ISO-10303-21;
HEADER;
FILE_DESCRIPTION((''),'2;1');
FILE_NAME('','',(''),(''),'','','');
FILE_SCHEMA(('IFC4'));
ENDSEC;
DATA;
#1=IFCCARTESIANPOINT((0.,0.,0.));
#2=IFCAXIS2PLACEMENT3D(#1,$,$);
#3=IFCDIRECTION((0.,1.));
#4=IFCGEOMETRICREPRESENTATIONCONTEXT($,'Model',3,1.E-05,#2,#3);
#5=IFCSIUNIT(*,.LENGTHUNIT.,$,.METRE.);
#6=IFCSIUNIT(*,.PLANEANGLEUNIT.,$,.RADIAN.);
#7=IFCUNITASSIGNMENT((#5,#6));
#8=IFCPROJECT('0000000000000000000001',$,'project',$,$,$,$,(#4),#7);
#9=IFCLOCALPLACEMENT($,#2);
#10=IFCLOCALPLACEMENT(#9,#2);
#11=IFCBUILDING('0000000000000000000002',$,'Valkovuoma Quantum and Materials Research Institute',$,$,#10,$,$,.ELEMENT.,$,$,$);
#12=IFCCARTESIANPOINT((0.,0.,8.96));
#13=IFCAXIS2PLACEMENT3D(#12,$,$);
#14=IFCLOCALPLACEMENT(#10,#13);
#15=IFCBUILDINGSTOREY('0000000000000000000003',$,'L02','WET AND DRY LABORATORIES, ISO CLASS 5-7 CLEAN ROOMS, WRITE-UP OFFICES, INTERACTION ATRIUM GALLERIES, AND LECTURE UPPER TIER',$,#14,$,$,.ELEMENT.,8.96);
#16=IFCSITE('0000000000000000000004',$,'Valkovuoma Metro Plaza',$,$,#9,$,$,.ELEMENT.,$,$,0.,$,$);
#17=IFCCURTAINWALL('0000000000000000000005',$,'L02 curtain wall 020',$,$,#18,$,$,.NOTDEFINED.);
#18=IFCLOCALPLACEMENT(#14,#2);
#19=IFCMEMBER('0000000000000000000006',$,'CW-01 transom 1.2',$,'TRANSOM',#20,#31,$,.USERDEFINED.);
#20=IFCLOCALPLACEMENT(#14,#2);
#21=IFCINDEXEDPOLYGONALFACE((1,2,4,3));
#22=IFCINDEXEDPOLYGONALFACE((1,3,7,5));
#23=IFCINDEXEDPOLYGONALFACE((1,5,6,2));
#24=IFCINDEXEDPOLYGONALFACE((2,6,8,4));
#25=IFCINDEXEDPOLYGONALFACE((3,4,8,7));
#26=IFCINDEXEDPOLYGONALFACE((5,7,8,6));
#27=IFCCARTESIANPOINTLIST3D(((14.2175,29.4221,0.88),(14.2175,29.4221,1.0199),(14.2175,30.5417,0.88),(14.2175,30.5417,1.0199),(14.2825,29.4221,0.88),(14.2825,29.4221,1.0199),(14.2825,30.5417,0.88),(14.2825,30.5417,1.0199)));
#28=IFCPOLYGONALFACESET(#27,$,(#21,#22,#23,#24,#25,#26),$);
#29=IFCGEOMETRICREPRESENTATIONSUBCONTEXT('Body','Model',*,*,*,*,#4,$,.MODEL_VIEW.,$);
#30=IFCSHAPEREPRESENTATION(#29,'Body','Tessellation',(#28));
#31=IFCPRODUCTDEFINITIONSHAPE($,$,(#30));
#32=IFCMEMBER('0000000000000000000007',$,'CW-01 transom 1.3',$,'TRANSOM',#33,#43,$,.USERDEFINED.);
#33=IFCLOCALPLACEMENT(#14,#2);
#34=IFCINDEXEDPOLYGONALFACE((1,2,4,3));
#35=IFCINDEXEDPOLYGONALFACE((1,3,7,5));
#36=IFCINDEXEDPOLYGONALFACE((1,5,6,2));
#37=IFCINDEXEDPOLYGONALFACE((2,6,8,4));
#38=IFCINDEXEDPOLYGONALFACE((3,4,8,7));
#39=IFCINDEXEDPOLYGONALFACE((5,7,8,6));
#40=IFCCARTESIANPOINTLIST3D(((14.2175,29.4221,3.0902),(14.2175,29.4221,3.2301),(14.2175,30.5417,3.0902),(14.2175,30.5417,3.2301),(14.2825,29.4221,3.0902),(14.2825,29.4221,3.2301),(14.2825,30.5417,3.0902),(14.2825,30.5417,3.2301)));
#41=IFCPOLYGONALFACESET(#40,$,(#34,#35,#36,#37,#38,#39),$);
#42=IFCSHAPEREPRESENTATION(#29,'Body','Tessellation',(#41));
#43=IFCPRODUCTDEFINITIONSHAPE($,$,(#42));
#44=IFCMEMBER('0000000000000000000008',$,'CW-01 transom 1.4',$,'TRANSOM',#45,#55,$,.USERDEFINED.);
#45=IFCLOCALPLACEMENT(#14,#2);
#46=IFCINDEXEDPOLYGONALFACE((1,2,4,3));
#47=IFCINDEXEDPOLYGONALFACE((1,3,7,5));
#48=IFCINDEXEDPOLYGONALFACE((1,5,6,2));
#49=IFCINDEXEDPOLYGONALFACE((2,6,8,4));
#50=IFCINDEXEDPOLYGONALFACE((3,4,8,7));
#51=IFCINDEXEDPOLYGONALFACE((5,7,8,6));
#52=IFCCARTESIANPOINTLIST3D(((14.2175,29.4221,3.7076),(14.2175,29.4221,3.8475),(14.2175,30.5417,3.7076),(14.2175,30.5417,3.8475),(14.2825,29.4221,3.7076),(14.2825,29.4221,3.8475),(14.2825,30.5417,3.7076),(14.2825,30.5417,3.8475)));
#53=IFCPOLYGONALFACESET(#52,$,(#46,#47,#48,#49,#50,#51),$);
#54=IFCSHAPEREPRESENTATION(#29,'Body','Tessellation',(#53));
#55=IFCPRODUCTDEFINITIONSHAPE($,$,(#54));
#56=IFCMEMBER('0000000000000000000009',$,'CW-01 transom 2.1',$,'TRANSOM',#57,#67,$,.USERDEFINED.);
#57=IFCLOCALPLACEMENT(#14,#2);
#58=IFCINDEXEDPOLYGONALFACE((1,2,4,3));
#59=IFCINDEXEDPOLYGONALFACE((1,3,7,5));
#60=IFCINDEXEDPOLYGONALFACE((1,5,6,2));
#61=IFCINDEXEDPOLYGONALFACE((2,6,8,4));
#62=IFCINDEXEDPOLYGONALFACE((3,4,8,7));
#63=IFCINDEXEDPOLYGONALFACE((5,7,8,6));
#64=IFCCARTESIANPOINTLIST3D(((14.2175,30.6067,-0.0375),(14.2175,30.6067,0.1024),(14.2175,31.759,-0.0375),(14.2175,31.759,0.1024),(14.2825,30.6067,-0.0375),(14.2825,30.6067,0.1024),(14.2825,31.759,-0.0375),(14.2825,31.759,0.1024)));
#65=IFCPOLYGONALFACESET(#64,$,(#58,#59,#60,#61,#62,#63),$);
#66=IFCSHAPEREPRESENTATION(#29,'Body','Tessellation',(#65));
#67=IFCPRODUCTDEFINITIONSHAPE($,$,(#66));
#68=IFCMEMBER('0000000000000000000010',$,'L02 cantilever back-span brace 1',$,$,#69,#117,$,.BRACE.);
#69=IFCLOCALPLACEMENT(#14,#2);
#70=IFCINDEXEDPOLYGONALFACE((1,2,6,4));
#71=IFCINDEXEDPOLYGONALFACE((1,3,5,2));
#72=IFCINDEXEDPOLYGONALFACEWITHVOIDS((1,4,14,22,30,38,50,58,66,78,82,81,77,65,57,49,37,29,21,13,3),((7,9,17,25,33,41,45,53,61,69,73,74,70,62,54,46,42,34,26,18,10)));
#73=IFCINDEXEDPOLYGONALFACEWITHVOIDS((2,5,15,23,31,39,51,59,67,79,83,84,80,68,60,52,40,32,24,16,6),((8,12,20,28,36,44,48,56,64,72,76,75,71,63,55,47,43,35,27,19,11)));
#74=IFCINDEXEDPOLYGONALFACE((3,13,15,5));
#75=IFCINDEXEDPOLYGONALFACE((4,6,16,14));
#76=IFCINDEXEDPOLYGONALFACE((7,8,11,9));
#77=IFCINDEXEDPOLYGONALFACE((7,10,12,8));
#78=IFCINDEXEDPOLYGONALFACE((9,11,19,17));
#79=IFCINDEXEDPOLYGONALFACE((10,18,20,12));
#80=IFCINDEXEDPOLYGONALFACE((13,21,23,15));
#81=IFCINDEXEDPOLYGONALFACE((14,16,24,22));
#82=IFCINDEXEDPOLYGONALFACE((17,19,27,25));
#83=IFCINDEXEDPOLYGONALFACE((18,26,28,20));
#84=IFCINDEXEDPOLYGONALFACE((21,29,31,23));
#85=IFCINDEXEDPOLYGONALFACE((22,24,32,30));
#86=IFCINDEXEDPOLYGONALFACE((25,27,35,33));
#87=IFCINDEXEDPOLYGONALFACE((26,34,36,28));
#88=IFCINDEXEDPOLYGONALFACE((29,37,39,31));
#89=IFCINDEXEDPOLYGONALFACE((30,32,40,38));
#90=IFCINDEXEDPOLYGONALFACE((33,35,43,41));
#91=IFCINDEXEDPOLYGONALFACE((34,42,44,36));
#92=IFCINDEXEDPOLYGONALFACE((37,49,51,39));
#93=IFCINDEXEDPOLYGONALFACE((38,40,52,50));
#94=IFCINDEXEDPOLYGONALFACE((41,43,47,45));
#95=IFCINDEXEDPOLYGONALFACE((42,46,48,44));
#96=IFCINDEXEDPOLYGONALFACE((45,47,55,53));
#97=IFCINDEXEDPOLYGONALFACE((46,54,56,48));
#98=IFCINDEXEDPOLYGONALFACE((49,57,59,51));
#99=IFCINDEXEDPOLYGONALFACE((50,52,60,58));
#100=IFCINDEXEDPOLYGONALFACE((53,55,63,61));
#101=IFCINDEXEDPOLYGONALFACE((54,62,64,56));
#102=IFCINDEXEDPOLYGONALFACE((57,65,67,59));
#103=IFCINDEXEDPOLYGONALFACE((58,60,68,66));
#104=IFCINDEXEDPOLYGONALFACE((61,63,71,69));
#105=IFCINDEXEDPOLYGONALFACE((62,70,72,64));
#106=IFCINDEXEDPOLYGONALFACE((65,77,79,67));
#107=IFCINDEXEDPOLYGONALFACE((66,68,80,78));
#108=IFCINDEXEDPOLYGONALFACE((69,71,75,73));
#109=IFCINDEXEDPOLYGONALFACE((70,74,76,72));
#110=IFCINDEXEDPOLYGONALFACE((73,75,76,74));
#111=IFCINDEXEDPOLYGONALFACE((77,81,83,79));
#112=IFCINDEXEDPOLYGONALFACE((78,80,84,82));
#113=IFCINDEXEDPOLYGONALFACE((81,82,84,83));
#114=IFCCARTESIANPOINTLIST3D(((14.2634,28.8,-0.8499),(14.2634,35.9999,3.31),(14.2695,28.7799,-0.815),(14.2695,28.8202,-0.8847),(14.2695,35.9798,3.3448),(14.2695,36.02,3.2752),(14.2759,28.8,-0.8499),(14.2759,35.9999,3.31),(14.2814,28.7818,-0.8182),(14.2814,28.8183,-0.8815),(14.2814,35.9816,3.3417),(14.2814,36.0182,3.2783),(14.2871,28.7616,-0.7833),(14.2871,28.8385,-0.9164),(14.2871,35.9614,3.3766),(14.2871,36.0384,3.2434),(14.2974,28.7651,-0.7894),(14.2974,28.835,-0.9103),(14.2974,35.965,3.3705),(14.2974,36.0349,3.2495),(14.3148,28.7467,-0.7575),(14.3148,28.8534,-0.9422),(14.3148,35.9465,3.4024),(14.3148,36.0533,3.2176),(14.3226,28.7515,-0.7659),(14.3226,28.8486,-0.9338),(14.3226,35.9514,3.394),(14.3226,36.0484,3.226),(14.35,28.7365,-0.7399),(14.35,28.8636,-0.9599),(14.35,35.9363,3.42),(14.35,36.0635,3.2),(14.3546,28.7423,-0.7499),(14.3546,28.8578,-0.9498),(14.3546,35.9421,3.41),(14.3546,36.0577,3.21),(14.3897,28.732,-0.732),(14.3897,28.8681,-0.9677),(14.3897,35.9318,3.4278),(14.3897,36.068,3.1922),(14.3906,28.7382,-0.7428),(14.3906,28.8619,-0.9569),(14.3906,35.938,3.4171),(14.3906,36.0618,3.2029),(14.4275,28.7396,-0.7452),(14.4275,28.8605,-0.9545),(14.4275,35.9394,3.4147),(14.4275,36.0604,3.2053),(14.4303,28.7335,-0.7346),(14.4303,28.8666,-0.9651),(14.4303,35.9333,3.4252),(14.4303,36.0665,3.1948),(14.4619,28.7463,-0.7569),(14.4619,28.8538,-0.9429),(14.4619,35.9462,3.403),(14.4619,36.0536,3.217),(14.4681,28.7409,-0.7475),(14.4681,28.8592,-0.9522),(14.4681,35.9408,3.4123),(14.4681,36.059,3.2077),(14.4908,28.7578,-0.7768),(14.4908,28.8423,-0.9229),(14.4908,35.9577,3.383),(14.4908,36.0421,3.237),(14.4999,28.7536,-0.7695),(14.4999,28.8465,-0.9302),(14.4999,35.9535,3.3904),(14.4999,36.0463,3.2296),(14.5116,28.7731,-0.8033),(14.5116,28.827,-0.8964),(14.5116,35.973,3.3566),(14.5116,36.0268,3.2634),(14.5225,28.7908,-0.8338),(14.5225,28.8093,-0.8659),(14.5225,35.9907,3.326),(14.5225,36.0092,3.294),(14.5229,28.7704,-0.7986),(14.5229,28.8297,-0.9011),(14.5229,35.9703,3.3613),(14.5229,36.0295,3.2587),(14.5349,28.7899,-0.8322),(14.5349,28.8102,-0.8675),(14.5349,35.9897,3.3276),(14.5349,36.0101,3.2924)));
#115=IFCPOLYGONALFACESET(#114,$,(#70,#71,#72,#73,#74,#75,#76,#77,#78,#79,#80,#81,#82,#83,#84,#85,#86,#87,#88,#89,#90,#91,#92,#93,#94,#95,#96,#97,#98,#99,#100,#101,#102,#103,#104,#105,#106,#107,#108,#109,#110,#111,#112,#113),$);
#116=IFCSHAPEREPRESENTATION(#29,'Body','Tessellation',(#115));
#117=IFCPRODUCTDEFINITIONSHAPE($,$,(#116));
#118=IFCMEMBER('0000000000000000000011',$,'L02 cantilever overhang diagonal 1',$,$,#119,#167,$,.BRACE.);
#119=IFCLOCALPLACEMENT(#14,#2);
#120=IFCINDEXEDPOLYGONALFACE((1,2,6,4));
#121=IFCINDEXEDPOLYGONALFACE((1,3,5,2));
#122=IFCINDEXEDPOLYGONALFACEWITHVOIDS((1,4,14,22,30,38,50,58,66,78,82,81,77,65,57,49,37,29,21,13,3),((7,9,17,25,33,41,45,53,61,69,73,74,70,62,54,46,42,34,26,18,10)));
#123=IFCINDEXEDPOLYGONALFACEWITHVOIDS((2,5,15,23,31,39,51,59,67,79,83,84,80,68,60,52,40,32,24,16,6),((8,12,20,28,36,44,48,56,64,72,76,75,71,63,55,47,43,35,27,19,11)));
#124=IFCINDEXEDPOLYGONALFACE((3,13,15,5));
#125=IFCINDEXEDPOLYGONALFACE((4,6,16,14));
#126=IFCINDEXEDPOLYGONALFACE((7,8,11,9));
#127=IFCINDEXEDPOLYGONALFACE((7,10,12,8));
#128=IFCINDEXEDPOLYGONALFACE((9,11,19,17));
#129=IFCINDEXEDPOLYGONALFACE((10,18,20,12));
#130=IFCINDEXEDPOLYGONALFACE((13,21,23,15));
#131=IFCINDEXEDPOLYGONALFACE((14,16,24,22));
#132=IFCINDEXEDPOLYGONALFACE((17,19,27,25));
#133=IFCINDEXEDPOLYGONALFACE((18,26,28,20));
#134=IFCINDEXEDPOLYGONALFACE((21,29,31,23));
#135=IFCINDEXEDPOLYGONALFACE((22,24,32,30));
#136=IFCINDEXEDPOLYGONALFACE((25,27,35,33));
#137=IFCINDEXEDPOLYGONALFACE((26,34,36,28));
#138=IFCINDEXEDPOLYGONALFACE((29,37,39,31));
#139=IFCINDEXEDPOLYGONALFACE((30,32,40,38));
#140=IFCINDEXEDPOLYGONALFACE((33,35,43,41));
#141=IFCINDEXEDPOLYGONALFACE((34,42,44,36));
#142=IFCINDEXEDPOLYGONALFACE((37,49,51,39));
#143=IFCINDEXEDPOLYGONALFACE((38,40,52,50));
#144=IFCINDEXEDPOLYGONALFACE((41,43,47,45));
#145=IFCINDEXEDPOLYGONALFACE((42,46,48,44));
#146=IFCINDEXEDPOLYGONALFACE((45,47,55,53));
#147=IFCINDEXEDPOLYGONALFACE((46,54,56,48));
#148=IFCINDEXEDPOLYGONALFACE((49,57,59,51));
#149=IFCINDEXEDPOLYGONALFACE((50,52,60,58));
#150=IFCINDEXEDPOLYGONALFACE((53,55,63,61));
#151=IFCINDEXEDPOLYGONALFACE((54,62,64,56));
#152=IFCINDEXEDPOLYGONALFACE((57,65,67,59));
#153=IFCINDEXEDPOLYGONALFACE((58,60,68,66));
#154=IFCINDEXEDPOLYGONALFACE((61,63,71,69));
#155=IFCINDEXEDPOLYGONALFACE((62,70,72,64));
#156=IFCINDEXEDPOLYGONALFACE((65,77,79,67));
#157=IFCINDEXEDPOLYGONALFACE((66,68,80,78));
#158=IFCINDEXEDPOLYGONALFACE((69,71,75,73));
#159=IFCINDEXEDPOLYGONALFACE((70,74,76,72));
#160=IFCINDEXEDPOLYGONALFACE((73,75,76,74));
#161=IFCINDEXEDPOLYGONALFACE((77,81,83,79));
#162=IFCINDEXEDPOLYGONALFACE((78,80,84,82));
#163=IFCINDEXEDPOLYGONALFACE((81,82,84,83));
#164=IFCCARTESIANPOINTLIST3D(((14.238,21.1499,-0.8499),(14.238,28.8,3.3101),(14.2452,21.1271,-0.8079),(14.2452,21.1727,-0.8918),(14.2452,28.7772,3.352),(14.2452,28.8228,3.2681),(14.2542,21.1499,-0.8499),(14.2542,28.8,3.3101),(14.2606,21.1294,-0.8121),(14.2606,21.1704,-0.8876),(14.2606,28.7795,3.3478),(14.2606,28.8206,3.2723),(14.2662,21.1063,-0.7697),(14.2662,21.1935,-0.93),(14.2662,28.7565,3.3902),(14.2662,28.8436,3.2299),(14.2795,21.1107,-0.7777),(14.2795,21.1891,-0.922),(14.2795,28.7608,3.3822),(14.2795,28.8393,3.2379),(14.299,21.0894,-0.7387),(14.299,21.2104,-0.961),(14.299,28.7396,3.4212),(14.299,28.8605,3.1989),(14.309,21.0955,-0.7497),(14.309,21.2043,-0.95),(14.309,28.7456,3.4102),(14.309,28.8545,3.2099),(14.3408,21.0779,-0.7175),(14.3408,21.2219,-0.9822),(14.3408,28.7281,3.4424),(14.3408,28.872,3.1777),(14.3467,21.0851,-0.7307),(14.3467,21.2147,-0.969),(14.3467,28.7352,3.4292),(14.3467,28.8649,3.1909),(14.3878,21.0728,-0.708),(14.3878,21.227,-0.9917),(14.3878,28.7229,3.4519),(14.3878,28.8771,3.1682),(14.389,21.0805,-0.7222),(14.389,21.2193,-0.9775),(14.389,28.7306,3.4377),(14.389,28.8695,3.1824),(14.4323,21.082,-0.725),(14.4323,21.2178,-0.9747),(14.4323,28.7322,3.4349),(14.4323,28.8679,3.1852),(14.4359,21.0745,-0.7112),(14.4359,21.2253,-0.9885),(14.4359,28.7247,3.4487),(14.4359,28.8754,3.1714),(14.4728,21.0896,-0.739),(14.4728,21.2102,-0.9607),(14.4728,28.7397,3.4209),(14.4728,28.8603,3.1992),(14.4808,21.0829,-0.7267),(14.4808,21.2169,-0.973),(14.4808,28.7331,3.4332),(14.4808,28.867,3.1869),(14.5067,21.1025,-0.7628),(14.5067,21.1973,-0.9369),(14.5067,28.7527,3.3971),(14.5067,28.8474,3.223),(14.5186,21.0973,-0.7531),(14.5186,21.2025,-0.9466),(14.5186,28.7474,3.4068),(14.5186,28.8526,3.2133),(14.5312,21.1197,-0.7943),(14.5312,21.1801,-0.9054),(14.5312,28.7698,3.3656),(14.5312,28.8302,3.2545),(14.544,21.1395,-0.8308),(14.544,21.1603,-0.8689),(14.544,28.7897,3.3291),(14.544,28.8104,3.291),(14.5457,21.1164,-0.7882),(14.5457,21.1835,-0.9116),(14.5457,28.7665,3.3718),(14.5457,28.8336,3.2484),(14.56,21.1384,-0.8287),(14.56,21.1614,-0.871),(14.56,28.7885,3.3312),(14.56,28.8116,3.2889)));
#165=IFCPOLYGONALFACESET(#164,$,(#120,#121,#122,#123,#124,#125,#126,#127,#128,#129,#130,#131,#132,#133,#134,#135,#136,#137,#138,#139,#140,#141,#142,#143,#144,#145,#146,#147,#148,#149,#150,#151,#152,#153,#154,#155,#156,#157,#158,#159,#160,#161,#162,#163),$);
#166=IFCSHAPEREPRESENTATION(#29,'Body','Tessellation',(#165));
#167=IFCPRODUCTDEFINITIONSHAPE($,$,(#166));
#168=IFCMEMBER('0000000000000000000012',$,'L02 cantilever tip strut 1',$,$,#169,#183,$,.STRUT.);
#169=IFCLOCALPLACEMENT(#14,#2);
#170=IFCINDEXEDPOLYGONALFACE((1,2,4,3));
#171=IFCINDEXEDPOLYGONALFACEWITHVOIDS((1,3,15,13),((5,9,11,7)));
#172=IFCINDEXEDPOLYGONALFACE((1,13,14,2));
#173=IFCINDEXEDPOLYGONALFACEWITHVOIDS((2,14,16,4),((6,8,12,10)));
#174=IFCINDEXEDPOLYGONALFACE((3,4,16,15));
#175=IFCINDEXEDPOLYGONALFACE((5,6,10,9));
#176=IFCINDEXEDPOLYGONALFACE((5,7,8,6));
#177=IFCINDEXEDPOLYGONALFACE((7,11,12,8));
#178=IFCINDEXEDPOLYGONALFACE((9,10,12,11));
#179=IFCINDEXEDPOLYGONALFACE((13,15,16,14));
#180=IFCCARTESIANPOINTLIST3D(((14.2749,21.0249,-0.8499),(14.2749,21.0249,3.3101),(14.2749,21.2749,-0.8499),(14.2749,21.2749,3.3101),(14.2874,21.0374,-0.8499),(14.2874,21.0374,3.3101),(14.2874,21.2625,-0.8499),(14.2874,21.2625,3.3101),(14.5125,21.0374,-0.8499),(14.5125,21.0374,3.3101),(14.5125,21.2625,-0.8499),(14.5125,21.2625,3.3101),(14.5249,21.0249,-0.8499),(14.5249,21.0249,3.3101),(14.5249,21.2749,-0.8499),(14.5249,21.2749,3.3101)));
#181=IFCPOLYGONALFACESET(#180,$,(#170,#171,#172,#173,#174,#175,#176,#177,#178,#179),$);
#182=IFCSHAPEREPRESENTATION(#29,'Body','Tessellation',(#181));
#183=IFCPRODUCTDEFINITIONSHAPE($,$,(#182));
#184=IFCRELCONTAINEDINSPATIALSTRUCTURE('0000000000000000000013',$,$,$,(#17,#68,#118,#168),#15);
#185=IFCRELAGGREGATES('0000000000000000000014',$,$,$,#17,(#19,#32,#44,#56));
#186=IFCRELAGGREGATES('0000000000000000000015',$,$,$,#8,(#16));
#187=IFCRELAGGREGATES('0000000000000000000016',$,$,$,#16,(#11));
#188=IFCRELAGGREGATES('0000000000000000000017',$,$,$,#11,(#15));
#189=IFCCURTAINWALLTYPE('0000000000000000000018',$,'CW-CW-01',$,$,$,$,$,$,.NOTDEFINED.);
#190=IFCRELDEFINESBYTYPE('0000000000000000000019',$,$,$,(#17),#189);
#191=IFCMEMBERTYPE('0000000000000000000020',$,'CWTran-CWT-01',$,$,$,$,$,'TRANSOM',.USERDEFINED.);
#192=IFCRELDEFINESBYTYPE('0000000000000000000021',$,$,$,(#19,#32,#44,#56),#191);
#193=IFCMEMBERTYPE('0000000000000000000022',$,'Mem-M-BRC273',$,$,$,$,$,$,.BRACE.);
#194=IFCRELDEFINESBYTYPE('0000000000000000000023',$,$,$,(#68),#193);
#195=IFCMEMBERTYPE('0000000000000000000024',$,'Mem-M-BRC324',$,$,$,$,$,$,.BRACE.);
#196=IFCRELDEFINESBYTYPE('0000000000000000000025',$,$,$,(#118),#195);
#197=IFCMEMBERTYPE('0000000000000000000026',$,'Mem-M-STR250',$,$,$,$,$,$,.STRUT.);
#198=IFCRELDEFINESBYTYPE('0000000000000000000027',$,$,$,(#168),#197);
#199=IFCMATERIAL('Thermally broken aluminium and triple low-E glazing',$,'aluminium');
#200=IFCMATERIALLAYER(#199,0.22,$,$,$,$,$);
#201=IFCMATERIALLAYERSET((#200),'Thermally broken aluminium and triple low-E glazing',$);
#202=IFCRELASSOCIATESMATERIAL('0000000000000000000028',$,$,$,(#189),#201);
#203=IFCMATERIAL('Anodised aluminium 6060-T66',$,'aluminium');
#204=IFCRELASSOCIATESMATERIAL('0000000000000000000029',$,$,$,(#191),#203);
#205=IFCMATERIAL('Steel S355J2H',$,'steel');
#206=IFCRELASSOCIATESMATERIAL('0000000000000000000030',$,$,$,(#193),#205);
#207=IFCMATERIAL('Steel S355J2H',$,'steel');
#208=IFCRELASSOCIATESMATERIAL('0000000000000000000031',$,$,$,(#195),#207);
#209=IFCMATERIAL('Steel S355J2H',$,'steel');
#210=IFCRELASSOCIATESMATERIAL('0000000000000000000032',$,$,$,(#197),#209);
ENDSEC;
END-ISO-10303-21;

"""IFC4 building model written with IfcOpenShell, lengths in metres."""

from ifc_helpers import new_model, si_unit, direction, frame, origin, origin_2d, place, context, subcontext, project, spatial, rectangle, hollow_rectangle, hollow_circle, extrude, material, layer, layer_set, material_profile, profile_set, type_object, element, aggregate, save


model = new_model("IFC4")

# Units and contexts
model_context = context("Model", 3, precision=1e-05, world=origin(), true_north=direction((0.0, 1.0)))
body_context = subcontext(model_context, "Body", "Model", "MODEL_VIEW")
ifc_project = project(units=[si_unit("LENGTHUNIT", "METRE"), si_unit("PLANEANGLEUNIT", "RADIAN")], contexts=[model_context])

# Site, building, storey
site_placement = place(None, origin())
site = spatial("IfcSite", under=ifc_project, at=site_placement, Name="Valkovuoma Metro Plaza", CompositionType="ELEMENT", RefElevation=0.0)
building_placement = place(site_placement, origin())
building = spatial("IfcBuilding", under=site, at=building_placement, Name="Valkovuoma Quantum and Materials Research Institute", CompositionType="ELEMENT")
storey_placement = place(building_placement, frame((0.0, 0.0, 8.96)))
storey = spatial("IfcBuildingStorey", under=building, at=storey_placement, Name="L02", Description="WET AND DRY LABORATORIES, ISO CLASS 5-7 CLEAN ROOMS, WRITE-UP OFFICES, INTERACTION ATRIUM GALLERIES, AND LECTURE UPPER TIER", CompositionType="ELEMENT", Elevation=8.96)

# Curtain wall
ifc_material_1 = material(Name="Thermally broken aluminium and triple low-E glazing", Category="aluminium")
ifc_layer_1 = layer(ifc_material_1, 0.22)
ifc_layer_set_1 = layer_set([ifc_layer_1], Name="Thermally broken aluminium and triple low-E glazing")
curtain_wall_type = type_object("IfcCurtainWallType", Name="CW-CW-01", PredefinedType="NOTDEFINED", material=ifc_layer_set_1)
curtain_wall_1_placement = place(storey_placement, origin())
curtain_wall_1 = element("IfcCurtainWall", 1, at=curtain_wall_1_placement, inside=storey, type_object=curtain_wall_type, Name="L02 curtain wall 020", PredefinedType="NOTDEFINED")

# Members
ifc_material_2 = material(Name="Anodised aluminium 6060-T66", Category="aluminium")
ifc_material_profile_1 = material_profile(ifc_material_2, rectangle(XDim=0.0649, YDim=0.1399, at=origin_2d()), Name="Anodised aluminium 6060-T66")
ifc_profile_set_1 = profile_set([ifc_material_profile_1], Name="Anodised aluminium 6060-T66")
member_type_1 = type_object("IfcMemberType", Name="CWTran-CWT-01", ElementType="TRANSOM", PredefinedType="USERDEFINED", material=ifc_profile_set_1)
member_1_placement = place(storey_placement, frame((14.25, 29.4221, 0.95), z_axis=(0.0, 1.0, 0.0), x_axis=(-1.0, 0.0, 0.0)))
member_1 = element("IfcMember", 2, at=member_1_placement, type_object=member_type_1, Name="CW-01 transom 1.2", ObjectType="TRANSOM", PredefinedType="USERDEFINED", context=body_context, shape_type="SweptSolid", body=[
    extrude(rectangle(XDim=0.0649, YDim=0.1399, at=origin_2d()), origin(), (0.0, 0.0, 1.0), 1.1196),
])
member_2_placement = place(storey_placement, frame((14.25, 29.4221, 3.1602), z_axis=(0.0, 1.0, 0.0), x_axis=(-1.0, 0.0, 0.0)))
member_2 = element("IfcMember", 3, at=member_2_placement, type_object=member_type_1, Name="CW-01 transom 1.3", ObjectType="TRANSOM", PredefinedType="USERDEFINED", context=body_context, shape_type="SweptSolid", body=[
    extrude(rectangle(XDim=0.0649, YDim=0.1399, at=origin_2d()), origin(), (0.0, 0.0, 1.0), 1.1196),
])
member_3_placement = place(storey_placement, frame((14.25, 29.4221, 3.7776), z_axis=(0.0, 1.0, 0.0), x_axis=(-1.0, 0.0, 0.0)))
member_3 = element("IfcMember", 4, at=member_3_placement, type_object=member_type_1, Name="CW-01 transom 1.4", ObjectType="TRANSOM", PredefinedType="USERDEFINED", context=body_context, shape_type="SweptSolid", body=[
    extrude(rectangle(XDim=0.0649, YDim=0.1399, at=origin_2d()), origin(), (0.0, 0.0, 1.0), 1.1196),
])
member_4_placement = place(storey_placement, frame((14.25, 30.6067, 0.0325), z_axis=(0.0, 1.0, 0.0), x_axis=(-1.0, 0.0, 0.0)))
member_4 = element("IfcMember", 5, at=member_4_placement, type_object=member_type_1, Name="CW-01 transom 2.1", ObjectType="TRANSOM", PredefinedType="USERDEFINED", context=body_context, shape_type="SweptSolid", body=[
    extrude(rectangle(XDim=0.0649, YDim=0.1399, at=origin_2d()), origin(), (0.0, 0.0, 1.0), 1.1523),
])

# Members
ifc_material_3 = material(Name="Steel S355J2H", Category="steel")
ifc_material_profile_2 = material_profile(ifc_material_3, hollow_circle(Radius=0.1365, WallThickness=0.0125, at=origin_2d()), Name="Steel S355J2H")
ifc_profile_set_2 = profile_set([ifc_material_profile_2], Name="Steel S355J2H")
member_type_2 = type_object("IfcMemberType", Name="Mem-M-BRC273", PredefinedType="BRACE", material=ifc_profile_set_2)
member_5_placement = place(storey_placement, frame((14.3999, 28.8, -0.8499), z_axis=(0.0, 0.865868, 0.500272), x_axis=(-1.0, 0.0, 0.0)))
element("IfcMember", 6, at=member_5_placement, inside=storey, type_object=member_type_2, Name="L02 cantilever back-span brace 1", PredefinedType="BRACE", context=body_context, shape_type="SweptSolid", body=[
    extrude(hollow_circle(Radius=0.1365, WallThickness=0.0125, at=origin_2d()), origin(), (0.0, 0.0, 1.0), 8.3152),
])
ifc_material_4 = material(Name="Steel S355J2H", Category="steel")
ifc_material_profile_3 = material_profile(ifc_material_4, hollow_circle(Radius=0.1619, WallThickness=0.0161, at=origin_2d()), Name="Steel S355J2H")
ifc_profile_set_3 = profile_set([ifc_material_profile_3], Name="Steel S355J2H")
member_type_3 = type_object("IfcMemberType", Name="Mem-M-BRC324", PredefinedType="BRACE", material=ifc_profile_set_3)
member_6_placement = place(storey_placement, frame((14.3999, 21.1499, -0.8499), z_axis=(0.0, 0.878517, 0.47771), x_axis=(-1.0, 0.0, 0.0)))
element("IfcMember", 7, at=member_6_placement, inside=storey, type_object=member_type_3, Name="L02 cantilever overhang diagonal 1", PredefinedType="BRACE", context=body_context, shape_type="SweptSolid", body=[
    extrude(hollow_circle(Radius=0.1619, WallThickness=0.0161, at=origin_2d()), origin(), (0.0, 0.0, 1.0), 8.708),
])
ifc_material_5 = material(Name="Steel S355J2H", Category="steel")
ifc_material_profile_4 = material_profile(ifc_material_5, hollow_rectangle(XDim=0.25, YDim=0.25, WallThickness=0.0125, at=origin_2d()), Name="Steel S355J2H")
ifc_profile_set_4 = profile_set([ifc_material_profile_4], Name="Steel S355J2H")
member_type_4 = type_object("IfcMemberType", Name="Mem-M-STR250", PredefinedType="STRUT", material=ifc_profile_set_4)
member_7_placement = place(storey_placement, frame((14.3999, 21.1499, -0.8499), z_axis=(0.0, 0.0, 1.0), x_axis=(1.0, 0.0, 0.0)))
element("IfcMember", 8, at=member_7_placement, inside=storey, type_object=member_type_4, Name="L02 cantilever tip strut 1", PredefinedType="STRUT", context=body_context, shape_type="SweptSolid", body=[
    extrude(hollow_rectangle(XDim=0.25, YDim=0.25, WallThickness=0.0125, at=origin_2d()), origin(), (0.0, 0.0, 1.0), 4.1599),
])

aggregate(curtain_wall_1, [member_1, member_2, member_3, member_4])

save(model, "model.ifc")
